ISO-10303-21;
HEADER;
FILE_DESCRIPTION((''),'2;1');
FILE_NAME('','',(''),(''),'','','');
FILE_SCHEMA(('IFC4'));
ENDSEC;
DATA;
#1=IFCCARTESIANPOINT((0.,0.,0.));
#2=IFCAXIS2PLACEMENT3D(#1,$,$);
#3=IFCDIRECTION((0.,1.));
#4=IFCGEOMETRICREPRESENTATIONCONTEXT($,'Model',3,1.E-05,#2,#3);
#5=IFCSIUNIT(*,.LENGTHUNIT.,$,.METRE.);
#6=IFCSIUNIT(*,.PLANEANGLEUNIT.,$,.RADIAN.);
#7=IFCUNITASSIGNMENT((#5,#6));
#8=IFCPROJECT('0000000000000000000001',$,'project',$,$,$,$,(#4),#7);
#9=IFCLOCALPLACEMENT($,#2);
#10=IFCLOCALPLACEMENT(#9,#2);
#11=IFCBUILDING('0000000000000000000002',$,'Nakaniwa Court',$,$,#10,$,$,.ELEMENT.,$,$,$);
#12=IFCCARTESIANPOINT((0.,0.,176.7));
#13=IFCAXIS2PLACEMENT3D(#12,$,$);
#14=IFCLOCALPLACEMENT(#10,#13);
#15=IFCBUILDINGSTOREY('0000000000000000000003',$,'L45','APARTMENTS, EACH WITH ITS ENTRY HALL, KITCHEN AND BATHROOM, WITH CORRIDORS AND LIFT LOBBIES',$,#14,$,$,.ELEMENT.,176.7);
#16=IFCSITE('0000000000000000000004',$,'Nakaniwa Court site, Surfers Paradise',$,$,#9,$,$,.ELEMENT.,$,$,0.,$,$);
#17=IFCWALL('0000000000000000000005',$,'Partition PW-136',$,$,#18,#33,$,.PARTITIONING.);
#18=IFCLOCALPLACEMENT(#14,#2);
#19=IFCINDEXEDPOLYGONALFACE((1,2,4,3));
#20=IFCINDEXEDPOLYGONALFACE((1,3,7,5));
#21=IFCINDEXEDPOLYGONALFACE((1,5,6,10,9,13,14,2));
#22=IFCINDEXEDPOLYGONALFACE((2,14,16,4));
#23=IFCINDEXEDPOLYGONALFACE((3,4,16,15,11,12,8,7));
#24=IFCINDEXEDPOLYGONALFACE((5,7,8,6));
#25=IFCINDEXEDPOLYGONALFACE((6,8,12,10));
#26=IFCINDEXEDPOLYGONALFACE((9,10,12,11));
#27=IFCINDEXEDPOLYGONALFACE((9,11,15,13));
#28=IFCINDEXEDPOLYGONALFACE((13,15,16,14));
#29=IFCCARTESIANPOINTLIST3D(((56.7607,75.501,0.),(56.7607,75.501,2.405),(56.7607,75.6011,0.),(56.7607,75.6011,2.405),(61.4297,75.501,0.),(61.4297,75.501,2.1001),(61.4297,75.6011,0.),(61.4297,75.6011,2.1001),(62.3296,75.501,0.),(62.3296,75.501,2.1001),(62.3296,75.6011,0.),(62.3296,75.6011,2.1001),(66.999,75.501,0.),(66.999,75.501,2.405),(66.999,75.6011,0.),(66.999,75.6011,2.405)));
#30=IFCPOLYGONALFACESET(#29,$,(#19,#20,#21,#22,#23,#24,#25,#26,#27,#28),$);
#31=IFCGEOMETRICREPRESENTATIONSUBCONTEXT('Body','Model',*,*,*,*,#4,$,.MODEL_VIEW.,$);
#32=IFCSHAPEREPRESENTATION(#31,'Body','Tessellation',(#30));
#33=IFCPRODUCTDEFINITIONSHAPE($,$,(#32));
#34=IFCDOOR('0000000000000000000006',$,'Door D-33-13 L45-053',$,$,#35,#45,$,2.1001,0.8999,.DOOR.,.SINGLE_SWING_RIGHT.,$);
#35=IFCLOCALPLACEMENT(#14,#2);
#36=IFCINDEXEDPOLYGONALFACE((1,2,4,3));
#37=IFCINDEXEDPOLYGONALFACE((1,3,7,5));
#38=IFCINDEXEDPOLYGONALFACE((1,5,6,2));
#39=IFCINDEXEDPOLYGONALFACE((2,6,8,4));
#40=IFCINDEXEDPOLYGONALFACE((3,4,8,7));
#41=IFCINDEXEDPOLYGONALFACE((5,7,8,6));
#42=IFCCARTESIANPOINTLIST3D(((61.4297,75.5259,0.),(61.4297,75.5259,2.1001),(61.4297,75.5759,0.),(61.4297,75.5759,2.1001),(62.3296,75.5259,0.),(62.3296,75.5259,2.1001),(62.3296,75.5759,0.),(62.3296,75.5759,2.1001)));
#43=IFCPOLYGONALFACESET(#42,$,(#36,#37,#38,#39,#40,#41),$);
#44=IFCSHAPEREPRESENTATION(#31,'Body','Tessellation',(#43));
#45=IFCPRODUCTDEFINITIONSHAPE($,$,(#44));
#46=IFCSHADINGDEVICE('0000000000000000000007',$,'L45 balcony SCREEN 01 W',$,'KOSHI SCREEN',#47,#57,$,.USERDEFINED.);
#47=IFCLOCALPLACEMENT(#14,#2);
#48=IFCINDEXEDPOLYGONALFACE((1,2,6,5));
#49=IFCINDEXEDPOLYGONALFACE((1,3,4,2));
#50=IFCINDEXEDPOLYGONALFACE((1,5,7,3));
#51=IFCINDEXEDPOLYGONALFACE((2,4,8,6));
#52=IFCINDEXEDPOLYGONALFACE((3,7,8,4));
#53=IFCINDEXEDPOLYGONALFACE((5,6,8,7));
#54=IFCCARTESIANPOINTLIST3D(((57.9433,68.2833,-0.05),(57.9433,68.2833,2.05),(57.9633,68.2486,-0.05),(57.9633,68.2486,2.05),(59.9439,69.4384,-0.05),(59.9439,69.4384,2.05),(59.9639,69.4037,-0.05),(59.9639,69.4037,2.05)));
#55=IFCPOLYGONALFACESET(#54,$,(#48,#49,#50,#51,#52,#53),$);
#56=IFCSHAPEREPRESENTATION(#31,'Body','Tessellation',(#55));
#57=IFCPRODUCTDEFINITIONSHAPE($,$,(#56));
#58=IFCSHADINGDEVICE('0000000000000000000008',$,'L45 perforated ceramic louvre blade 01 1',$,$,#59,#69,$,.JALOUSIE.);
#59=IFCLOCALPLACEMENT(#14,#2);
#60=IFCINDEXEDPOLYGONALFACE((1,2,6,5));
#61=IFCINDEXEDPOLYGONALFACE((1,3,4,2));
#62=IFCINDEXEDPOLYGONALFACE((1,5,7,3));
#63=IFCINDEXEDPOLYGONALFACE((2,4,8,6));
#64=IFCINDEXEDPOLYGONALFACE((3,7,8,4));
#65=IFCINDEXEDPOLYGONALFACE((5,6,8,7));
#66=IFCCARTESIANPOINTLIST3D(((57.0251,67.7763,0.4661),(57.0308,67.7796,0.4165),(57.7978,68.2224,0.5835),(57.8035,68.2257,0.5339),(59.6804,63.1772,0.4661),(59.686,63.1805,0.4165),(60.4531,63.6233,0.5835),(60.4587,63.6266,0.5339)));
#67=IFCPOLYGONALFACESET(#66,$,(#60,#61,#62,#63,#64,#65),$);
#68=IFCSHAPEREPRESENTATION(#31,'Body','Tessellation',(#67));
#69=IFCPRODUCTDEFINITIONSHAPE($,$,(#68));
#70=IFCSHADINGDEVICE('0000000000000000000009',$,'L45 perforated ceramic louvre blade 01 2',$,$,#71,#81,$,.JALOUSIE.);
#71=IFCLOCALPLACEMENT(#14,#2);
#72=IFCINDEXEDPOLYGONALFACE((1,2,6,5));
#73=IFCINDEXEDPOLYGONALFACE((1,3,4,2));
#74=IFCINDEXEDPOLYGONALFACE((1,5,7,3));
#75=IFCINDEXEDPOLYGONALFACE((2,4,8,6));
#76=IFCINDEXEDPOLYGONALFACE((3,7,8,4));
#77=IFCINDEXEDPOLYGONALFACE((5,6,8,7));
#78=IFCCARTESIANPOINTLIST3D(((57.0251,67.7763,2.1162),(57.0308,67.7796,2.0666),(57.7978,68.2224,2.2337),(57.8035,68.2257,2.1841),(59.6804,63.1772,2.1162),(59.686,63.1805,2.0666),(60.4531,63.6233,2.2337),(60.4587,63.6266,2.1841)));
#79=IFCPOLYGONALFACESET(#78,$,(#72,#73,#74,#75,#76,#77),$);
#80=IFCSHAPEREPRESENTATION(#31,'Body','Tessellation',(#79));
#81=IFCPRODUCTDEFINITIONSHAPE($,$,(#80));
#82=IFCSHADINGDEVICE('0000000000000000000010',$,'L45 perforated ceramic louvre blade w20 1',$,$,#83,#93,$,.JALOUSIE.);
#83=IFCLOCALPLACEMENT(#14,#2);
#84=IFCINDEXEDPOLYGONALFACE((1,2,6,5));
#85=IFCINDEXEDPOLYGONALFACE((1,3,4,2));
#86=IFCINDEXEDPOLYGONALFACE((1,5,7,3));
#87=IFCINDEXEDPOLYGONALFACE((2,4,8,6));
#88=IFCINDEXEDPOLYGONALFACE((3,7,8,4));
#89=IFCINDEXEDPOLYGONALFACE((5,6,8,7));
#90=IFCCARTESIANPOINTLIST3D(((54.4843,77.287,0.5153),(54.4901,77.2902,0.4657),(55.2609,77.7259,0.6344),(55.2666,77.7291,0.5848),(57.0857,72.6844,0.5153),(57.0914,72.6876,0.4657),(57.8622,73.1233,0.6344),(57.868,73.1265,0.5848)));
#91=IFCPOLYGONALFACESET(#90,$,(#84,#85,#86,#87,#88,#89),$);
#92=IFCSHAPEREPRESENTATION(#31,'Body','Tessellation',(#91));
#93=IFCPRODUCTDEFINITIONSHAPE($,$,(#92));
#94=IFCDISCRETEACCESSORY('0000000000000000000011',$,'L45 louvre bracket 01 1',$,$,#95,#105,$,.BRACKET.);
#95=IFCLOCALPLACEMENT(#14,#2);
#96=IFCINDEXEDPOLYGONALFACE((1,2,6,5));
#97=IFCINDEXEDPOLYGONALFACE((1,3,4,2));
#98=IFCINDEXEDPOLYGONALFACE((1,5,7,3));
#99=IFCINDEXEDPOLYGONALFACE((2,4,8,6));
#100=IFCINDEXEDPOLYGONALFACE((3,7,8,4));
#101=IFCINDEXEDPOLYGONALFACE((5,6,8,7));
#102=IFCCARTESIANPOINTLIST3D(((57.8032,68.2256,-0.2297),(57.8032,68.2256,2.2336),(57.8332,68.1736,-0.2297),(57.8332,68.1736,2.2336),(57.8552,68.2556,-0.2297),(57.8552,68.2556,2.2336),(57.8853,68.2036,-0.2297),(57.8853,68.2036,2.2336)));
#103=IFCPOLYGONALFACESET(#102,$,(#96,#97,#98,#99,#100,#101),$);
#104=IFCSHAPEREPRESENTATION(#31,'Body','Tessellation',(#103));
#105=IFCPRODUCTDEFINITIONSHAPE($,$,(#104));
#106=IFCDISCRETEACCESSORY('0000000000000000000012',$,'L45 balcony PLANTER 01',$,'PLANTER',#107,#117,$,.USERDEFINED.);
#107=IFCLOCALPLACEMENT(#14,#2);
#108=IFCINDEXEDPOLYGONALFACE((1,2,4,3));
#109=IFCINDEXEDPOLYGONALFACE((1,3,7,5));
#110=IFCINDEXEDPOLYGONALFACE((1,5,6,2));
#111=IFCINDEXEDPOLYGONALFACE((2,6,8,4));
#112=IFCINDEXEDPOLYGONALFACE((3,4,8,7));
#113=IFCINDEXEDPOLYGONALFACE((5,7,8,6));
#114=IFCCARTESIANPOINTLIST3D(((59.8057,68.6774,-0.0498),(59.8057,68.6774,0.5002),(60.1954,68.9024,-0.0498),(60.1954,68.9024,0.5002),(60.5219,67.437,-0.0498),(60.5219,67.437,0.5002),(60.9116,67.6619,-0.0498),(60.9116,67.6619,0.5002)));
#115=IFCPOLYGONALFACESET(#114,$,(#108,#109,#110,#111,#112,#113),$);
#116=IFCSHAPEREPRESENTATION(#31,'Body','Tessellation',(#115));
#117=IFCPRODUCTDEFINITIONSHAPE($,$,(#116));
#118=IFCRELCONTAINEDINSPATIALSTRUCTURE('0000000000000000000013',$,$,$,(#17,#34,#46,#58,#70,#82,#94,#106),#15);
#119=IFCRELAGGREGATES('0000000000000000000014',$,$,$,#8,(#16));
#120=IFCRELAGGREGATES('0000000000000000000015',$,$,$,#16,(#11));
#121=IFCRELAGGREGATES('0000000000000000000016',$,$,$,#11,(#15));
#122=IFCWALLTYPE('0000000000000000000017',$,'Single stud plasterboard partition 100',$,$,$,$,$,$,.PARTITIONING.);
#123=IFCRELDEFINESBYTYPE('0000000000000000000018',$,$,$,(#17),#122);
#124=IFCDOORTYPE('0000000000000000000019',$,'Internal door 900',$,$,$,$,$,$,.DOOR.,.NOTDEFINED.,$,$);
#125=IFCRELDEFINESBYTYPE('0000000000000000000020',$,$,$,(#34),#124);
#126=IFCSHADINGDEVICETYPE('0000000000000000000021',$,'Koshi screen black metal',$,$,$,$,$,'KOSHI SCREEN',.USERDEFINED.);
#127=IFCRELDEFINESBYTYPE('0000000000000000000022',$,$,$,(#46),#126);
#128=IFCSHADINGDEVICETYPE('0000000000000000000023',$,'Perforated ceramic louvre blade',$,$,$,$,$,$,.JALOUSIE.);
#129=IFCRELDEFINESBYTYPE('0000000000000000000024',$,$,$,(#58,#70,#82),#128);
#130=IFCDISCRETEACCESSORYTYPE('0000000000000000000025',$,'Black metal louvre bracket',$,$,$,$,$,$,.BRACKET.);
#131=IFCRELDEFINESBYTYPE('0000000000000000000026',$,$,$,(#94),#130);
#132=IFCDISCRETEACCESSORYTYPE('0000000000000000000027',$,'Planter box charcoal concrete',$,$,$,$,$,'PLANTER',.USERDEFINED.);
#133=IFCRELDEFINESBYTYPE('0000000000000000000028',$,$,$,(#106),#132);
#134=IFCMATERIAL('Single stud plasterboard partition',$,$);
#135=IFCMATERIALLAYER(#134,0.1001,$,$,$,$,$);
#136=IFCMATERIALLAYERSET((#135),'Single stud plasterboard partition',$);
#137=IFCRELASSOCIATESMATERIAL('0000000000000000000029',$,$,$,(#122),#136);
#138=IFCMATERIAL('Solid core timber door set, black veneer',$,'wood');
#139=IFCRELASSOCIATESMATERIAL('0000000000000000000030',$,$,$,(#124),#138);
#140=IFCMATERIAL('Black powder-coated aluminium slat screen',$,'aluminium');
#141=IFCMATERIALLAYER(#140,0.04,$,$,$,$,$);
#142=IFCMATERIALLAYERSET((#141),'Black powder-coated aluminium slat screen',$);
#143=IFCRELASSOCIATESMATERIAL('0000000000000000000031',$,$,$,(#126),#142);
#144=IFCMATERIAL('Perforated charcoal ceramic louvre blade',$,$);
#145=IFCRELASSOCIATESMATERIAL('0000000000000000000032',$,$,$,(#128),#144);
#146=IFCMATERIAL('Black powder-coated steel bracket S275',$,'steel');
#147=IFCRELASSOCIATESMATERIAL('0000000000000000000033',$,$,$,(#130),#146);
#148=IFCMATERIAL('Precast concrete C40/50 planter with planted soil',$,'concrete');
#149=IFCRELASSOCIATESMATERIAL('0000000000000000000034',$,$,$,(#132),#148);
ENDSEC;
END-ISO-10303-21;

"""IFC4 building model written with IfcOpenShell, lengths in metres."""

from ifc_helpers import new_model, si_unit, direction, frame, frame_2d, origin, origin_2d, place, context, subcontext, project, spatial, rectangle, extrude, material, layer, layer_set, material_profile, profile_set, type_object, element, fill, save


model = new_model("IFC4")

# Units and contexts
model_context = context("Model", 3, precision=1e-05, world=origin(), true_north=direction((0.0, 1.0)))
body_context = subcontext(model_context, "Body", "Model", "MODEL_VIEW")
ifc_project = project(units=[si_unit("LENGTHUNIT", "METRE"), si_unit("PLANEANGLEUNIT", "RADIAN")], contexts=[model_context])

# Site, building, storey
site_placement = place(None, origin())
site = spatial("IfcSite", under=ifc_project, at=site_placement, Name="Nakaniwa Court site, Surfers Paradise", CompositionType="ELEMENT", RefElevation=0.0)
building_placement = place(site_placement, origin())
building = spatial("IfcBuilding", under=site, at=building_placement, Name="Nakaniwa Court", CompositionType="ELEMENT")
storey_placement = place(building_placement, frame((0.0, 0.0, 176.7)))
storey = spatial("IfcBuildingStorey", under=building, at=storey_placement, Name="L45", Description="APARTMENTS, EACH WITH ITS ENTRY HALL, KITCHEN AND BATHROOM, WITH CORRIDORS AND LIFT LOBBIES", CompositionType="ELEMENT", Elevation=176.7)

# Shared definitions
ifc_material_1 = material(Name="Solid core timber door set, black veneer", Category="wood")

# Shared definitions
ifc_material_2 = material(Name="Single stud plasterboard partition")
ifc_layer_1 = layer(ifc_material_2, 0.1001)
ifc_layer_set_1 = layer_set([ifc_layer_1], Name="Single stud plasterboard partition")
wall_type_1 = type_object("IfcWallType", Name="Single stud plasterboard partition 100", PredefinedType="PARTITIONING", material=ifc_layer_set_1)
door_type_1 = type_object("IfcDoorType", Name="Internal door 900", OperationType="NOTDEFINED", PredefinedType="DOOR", material=ifc_material_1)

# Wall, opening, door
wall_1_placement = place(storey_placement, frame((56.7607, 75.551, 0.0), z_axis=(0.0, 0.0, 1.0), x_axis=(1.0, 0.0, 0.0)))
wall_1 = element("IfcWall", 1, at=wall_1_placement, inside=storey, type_object=wall_type_1, Name="Partition PW-136", PredefinedType="PARTITIONING", context=body_context, shape_type="SweptSolid", body=[
    extrude(rectangle(XDim=10.2383, YDim=0.1001, at=frame_2d((5.1191, 0.0))), origin(), (0.0, 0.0, 1.0), 2.405),
])
opening_1_placement = place(wall_1_placement, frame((4.6689, 0.0, 0.0)))
opening_1 = element("IfcOpeningElement", 2, at=opening_1_placement, cuts=wall_1, PredefinedType="OPENING", context=body_context, shape_type="SweptSolid", body=[
    extrude(rectangle(XDim=0.8999, YDim=2.1001, at=frame_2d((0.45, 1.05))), frame((0.0, 0.0601, 0.0), z_axis=(0.0, -1.0, 0.0), x_axis=(1.0, 0.0, 0.0)), (0.0, 0.0, 1.0), 0.1201),
])
door_1_placement = place(opening_1_placement, origin())
door_1 = element("IfcDoor", 3, at=door_1_placement, inside=storey, type_object=door_type_1, Name="Door D-33-13 L45-053", OperationType="SINGLE_SWING_RIGHT", OverallHeight=2.1001, OverallWidth=0.8999, PredefinedType="DOOR", context=body_context, shape_type="SweptSolid", body=[
    extrude(rectangle(XDim=0.8999, YDim=2.1001, at=frame_2d((0.45, 1.05))), frame((0.0, 0.0249, 0.0), z_axis=(0.0, -1.0, 0.0), x_axis=(1.0, 0.0, 0.0)), (0.0, 0.0, 1.0), 0.05),
])
fill(opening_1, door_1)

# Shading devices
ifc_material_3 = material(Name="Black powder-coated aluminium slat screen", Category="aluminium")
ifc_layer_2 = layer(ifc_material_3, 0.04)
ifc_layer_set_2 = layer_set([ifc_layer_2], Name="Black powder-coated aluminium slat screen")
shading_device_type_1 = type_object("IfcShadingDeviceType", Name="Koshi screen black metal", ElementType="KOSHI SCREEN", PredefinedType="USERDEFINED", material=ifc_layer_set_2)
shading_device_1_placement = place(storey_placement, frame((58.9536, 68.8435, -0.05), z_axis=(0.0, 0.0, 1.0), x_axis=(0.500017, -0.866016, 0.0)))
element("IfcShadingDevice", 4, at=shading_device_1_placement, inside=storey, type_object=shading_device_type_1, Name="L45 balcony SCREEN 01 W", ObjectType="KOSHI SCREEN", PredefinedType="USERDEFINED", context=body_context, shape_type="SweptSolid", body=[
    extrude(rectangle(XDim=0.04, YDim=2.3101, at=origin_2d()), origin(), (0.0, 0.0, 1.0), 2.1001),
])
ifc_material_4 = material(Name="Perforated charcoal ceramic louvre blade")
ifc_material_profile_1 = material_profile(ifc_material_4, rectangle(XDim=0.8999, YDim=0.05, at=origin_2d()), Name="Perforated ceramic louvre blade")
ifc_profile_set_1 = profile_set([ifc_material_profile_1], Name="Perforated charcoal ceramic louvre blade")
shading_device_type_2 = type_object("IfcShadingDeviceType", Name="Perforated ceramic louvre blade", PredefinedType="JALOUSIE", material=ifc_profile_set_1)
for number, where, z_axis, x_axis, name in (
    (5, (57.4143, 68.001, 0.5), (0.499996, -0.866028, 0.0), (0.858619, 0.495718, 0.130526), "L45 perforated ceramic louvre blade 01 1"),
    (6, (57.4143, 68.001, 2.1501), (0.499996, -0.866028, 0.0), (0.858619, 0.495718, 0.130526), "L45 perforated ceramic louvre blade 01 2"),
):
    element("IfcShadingDevice", number, at=place(storey_placement, frame(where, z_axis=z_axis, x_axis=x_axis)), inside=storey, type_object=shading_device_type_2, Name=name, PredefinedType="JALOUSIE", context=body_context, shape_type="SweptSolid", body=[
        extrude(rectangle(XDim=0.8999, YDim=0.05, at=origin_2d()), origin(), (0.0, 0.0, 1.0), 5.3105),
    ])
shading_device_2_placement = place(storey_placement, frame((54.8755, 77.5081, 0.55), z_axis=(0.492041, -0.870572, 0.0), x_axis=(0.862925, 0.487718, 0.132256)))
element("IfcShadingDevice", 7, at=shading_device_2_placement, inside=storey, type_object=shading_device_type_2, Name="L45 perforated ceramic louvre blade w20 1", PredefinedType="JALOUSIE", context=body_context, shape_type="SweptSolid", body=[
    extrude(rectangle(XDim=0.8999, YDim=0.05, at=origin_2d()), origin(), (0.0, 0.0, 1.0), 5.2869),
])

# Discrete accessories
ifc_material_5 = material(Name="Black powder-coated steel bracket S275", Category="steel")
discrete_accessory_type_1 = type_object("IfcDiscreteAccessoryType", Name="Black metal louvre bracket", PredefinedType="BRACKET", material=ifc_material_5)
discrete_accessory_1_placement = place(storey_placement, frame((57.8442, 68.2146, -0.2297), z_axis=(0.0, 0.0, 1.0), x_axis=(0.500017, -0.866016, 0.0)))
element("IfcDiscreteAccessory", 8, at=discrete_accessory_1_placement, inside=storey, type_object=discrete_accessory_type_1, Name="L45 louvre bracket 01 1", PredefinedType="BRACKET", context=body_context, shape_type="SweptSolid", body=[
    extrude(rectangle(XDim=0.0601, YDim=0.0601, at=origin_2d()), origin(), (0.0, 0.0, 1.0), 2.4634),
])
ifc_material_6 = material(Name="Precast concrete C40/50 planter with planted soil", Category="concrete")
discrete_accessory_type_2 = type_object("IfcDiscreteAccessoryType", Name="Planter box charcoal concrete", ElementType="PLANTER", PredefinedType="USERDEFINED", material=ifc_material_6)
discrete_accessory_2_placement = place(storey_placement, frame((60.3586, 68.1697, -0.0498), z_axis=(0.0, 0.0, 1.0), x_axis=(0.500017, -0.866016, 0.0)))
element("IfcDiscreteAccessory", 9, at=discrete_accessory_2_placement, inside=storey, type_object=discrete_accessory_type_2, Name="L45 balcony PLANTER 01", ObjectType="PLANTER", PredefinedType="USERDEFINED", context=body_context, shape_type="SweptSolid", body=[
    extrude(rectangle(XDim=1.4324, YDim=0.45, at=origin_2d()), origin(), (0.0, 0.0, 1.0), 0.55),
])

save(model, "model.ifc")
